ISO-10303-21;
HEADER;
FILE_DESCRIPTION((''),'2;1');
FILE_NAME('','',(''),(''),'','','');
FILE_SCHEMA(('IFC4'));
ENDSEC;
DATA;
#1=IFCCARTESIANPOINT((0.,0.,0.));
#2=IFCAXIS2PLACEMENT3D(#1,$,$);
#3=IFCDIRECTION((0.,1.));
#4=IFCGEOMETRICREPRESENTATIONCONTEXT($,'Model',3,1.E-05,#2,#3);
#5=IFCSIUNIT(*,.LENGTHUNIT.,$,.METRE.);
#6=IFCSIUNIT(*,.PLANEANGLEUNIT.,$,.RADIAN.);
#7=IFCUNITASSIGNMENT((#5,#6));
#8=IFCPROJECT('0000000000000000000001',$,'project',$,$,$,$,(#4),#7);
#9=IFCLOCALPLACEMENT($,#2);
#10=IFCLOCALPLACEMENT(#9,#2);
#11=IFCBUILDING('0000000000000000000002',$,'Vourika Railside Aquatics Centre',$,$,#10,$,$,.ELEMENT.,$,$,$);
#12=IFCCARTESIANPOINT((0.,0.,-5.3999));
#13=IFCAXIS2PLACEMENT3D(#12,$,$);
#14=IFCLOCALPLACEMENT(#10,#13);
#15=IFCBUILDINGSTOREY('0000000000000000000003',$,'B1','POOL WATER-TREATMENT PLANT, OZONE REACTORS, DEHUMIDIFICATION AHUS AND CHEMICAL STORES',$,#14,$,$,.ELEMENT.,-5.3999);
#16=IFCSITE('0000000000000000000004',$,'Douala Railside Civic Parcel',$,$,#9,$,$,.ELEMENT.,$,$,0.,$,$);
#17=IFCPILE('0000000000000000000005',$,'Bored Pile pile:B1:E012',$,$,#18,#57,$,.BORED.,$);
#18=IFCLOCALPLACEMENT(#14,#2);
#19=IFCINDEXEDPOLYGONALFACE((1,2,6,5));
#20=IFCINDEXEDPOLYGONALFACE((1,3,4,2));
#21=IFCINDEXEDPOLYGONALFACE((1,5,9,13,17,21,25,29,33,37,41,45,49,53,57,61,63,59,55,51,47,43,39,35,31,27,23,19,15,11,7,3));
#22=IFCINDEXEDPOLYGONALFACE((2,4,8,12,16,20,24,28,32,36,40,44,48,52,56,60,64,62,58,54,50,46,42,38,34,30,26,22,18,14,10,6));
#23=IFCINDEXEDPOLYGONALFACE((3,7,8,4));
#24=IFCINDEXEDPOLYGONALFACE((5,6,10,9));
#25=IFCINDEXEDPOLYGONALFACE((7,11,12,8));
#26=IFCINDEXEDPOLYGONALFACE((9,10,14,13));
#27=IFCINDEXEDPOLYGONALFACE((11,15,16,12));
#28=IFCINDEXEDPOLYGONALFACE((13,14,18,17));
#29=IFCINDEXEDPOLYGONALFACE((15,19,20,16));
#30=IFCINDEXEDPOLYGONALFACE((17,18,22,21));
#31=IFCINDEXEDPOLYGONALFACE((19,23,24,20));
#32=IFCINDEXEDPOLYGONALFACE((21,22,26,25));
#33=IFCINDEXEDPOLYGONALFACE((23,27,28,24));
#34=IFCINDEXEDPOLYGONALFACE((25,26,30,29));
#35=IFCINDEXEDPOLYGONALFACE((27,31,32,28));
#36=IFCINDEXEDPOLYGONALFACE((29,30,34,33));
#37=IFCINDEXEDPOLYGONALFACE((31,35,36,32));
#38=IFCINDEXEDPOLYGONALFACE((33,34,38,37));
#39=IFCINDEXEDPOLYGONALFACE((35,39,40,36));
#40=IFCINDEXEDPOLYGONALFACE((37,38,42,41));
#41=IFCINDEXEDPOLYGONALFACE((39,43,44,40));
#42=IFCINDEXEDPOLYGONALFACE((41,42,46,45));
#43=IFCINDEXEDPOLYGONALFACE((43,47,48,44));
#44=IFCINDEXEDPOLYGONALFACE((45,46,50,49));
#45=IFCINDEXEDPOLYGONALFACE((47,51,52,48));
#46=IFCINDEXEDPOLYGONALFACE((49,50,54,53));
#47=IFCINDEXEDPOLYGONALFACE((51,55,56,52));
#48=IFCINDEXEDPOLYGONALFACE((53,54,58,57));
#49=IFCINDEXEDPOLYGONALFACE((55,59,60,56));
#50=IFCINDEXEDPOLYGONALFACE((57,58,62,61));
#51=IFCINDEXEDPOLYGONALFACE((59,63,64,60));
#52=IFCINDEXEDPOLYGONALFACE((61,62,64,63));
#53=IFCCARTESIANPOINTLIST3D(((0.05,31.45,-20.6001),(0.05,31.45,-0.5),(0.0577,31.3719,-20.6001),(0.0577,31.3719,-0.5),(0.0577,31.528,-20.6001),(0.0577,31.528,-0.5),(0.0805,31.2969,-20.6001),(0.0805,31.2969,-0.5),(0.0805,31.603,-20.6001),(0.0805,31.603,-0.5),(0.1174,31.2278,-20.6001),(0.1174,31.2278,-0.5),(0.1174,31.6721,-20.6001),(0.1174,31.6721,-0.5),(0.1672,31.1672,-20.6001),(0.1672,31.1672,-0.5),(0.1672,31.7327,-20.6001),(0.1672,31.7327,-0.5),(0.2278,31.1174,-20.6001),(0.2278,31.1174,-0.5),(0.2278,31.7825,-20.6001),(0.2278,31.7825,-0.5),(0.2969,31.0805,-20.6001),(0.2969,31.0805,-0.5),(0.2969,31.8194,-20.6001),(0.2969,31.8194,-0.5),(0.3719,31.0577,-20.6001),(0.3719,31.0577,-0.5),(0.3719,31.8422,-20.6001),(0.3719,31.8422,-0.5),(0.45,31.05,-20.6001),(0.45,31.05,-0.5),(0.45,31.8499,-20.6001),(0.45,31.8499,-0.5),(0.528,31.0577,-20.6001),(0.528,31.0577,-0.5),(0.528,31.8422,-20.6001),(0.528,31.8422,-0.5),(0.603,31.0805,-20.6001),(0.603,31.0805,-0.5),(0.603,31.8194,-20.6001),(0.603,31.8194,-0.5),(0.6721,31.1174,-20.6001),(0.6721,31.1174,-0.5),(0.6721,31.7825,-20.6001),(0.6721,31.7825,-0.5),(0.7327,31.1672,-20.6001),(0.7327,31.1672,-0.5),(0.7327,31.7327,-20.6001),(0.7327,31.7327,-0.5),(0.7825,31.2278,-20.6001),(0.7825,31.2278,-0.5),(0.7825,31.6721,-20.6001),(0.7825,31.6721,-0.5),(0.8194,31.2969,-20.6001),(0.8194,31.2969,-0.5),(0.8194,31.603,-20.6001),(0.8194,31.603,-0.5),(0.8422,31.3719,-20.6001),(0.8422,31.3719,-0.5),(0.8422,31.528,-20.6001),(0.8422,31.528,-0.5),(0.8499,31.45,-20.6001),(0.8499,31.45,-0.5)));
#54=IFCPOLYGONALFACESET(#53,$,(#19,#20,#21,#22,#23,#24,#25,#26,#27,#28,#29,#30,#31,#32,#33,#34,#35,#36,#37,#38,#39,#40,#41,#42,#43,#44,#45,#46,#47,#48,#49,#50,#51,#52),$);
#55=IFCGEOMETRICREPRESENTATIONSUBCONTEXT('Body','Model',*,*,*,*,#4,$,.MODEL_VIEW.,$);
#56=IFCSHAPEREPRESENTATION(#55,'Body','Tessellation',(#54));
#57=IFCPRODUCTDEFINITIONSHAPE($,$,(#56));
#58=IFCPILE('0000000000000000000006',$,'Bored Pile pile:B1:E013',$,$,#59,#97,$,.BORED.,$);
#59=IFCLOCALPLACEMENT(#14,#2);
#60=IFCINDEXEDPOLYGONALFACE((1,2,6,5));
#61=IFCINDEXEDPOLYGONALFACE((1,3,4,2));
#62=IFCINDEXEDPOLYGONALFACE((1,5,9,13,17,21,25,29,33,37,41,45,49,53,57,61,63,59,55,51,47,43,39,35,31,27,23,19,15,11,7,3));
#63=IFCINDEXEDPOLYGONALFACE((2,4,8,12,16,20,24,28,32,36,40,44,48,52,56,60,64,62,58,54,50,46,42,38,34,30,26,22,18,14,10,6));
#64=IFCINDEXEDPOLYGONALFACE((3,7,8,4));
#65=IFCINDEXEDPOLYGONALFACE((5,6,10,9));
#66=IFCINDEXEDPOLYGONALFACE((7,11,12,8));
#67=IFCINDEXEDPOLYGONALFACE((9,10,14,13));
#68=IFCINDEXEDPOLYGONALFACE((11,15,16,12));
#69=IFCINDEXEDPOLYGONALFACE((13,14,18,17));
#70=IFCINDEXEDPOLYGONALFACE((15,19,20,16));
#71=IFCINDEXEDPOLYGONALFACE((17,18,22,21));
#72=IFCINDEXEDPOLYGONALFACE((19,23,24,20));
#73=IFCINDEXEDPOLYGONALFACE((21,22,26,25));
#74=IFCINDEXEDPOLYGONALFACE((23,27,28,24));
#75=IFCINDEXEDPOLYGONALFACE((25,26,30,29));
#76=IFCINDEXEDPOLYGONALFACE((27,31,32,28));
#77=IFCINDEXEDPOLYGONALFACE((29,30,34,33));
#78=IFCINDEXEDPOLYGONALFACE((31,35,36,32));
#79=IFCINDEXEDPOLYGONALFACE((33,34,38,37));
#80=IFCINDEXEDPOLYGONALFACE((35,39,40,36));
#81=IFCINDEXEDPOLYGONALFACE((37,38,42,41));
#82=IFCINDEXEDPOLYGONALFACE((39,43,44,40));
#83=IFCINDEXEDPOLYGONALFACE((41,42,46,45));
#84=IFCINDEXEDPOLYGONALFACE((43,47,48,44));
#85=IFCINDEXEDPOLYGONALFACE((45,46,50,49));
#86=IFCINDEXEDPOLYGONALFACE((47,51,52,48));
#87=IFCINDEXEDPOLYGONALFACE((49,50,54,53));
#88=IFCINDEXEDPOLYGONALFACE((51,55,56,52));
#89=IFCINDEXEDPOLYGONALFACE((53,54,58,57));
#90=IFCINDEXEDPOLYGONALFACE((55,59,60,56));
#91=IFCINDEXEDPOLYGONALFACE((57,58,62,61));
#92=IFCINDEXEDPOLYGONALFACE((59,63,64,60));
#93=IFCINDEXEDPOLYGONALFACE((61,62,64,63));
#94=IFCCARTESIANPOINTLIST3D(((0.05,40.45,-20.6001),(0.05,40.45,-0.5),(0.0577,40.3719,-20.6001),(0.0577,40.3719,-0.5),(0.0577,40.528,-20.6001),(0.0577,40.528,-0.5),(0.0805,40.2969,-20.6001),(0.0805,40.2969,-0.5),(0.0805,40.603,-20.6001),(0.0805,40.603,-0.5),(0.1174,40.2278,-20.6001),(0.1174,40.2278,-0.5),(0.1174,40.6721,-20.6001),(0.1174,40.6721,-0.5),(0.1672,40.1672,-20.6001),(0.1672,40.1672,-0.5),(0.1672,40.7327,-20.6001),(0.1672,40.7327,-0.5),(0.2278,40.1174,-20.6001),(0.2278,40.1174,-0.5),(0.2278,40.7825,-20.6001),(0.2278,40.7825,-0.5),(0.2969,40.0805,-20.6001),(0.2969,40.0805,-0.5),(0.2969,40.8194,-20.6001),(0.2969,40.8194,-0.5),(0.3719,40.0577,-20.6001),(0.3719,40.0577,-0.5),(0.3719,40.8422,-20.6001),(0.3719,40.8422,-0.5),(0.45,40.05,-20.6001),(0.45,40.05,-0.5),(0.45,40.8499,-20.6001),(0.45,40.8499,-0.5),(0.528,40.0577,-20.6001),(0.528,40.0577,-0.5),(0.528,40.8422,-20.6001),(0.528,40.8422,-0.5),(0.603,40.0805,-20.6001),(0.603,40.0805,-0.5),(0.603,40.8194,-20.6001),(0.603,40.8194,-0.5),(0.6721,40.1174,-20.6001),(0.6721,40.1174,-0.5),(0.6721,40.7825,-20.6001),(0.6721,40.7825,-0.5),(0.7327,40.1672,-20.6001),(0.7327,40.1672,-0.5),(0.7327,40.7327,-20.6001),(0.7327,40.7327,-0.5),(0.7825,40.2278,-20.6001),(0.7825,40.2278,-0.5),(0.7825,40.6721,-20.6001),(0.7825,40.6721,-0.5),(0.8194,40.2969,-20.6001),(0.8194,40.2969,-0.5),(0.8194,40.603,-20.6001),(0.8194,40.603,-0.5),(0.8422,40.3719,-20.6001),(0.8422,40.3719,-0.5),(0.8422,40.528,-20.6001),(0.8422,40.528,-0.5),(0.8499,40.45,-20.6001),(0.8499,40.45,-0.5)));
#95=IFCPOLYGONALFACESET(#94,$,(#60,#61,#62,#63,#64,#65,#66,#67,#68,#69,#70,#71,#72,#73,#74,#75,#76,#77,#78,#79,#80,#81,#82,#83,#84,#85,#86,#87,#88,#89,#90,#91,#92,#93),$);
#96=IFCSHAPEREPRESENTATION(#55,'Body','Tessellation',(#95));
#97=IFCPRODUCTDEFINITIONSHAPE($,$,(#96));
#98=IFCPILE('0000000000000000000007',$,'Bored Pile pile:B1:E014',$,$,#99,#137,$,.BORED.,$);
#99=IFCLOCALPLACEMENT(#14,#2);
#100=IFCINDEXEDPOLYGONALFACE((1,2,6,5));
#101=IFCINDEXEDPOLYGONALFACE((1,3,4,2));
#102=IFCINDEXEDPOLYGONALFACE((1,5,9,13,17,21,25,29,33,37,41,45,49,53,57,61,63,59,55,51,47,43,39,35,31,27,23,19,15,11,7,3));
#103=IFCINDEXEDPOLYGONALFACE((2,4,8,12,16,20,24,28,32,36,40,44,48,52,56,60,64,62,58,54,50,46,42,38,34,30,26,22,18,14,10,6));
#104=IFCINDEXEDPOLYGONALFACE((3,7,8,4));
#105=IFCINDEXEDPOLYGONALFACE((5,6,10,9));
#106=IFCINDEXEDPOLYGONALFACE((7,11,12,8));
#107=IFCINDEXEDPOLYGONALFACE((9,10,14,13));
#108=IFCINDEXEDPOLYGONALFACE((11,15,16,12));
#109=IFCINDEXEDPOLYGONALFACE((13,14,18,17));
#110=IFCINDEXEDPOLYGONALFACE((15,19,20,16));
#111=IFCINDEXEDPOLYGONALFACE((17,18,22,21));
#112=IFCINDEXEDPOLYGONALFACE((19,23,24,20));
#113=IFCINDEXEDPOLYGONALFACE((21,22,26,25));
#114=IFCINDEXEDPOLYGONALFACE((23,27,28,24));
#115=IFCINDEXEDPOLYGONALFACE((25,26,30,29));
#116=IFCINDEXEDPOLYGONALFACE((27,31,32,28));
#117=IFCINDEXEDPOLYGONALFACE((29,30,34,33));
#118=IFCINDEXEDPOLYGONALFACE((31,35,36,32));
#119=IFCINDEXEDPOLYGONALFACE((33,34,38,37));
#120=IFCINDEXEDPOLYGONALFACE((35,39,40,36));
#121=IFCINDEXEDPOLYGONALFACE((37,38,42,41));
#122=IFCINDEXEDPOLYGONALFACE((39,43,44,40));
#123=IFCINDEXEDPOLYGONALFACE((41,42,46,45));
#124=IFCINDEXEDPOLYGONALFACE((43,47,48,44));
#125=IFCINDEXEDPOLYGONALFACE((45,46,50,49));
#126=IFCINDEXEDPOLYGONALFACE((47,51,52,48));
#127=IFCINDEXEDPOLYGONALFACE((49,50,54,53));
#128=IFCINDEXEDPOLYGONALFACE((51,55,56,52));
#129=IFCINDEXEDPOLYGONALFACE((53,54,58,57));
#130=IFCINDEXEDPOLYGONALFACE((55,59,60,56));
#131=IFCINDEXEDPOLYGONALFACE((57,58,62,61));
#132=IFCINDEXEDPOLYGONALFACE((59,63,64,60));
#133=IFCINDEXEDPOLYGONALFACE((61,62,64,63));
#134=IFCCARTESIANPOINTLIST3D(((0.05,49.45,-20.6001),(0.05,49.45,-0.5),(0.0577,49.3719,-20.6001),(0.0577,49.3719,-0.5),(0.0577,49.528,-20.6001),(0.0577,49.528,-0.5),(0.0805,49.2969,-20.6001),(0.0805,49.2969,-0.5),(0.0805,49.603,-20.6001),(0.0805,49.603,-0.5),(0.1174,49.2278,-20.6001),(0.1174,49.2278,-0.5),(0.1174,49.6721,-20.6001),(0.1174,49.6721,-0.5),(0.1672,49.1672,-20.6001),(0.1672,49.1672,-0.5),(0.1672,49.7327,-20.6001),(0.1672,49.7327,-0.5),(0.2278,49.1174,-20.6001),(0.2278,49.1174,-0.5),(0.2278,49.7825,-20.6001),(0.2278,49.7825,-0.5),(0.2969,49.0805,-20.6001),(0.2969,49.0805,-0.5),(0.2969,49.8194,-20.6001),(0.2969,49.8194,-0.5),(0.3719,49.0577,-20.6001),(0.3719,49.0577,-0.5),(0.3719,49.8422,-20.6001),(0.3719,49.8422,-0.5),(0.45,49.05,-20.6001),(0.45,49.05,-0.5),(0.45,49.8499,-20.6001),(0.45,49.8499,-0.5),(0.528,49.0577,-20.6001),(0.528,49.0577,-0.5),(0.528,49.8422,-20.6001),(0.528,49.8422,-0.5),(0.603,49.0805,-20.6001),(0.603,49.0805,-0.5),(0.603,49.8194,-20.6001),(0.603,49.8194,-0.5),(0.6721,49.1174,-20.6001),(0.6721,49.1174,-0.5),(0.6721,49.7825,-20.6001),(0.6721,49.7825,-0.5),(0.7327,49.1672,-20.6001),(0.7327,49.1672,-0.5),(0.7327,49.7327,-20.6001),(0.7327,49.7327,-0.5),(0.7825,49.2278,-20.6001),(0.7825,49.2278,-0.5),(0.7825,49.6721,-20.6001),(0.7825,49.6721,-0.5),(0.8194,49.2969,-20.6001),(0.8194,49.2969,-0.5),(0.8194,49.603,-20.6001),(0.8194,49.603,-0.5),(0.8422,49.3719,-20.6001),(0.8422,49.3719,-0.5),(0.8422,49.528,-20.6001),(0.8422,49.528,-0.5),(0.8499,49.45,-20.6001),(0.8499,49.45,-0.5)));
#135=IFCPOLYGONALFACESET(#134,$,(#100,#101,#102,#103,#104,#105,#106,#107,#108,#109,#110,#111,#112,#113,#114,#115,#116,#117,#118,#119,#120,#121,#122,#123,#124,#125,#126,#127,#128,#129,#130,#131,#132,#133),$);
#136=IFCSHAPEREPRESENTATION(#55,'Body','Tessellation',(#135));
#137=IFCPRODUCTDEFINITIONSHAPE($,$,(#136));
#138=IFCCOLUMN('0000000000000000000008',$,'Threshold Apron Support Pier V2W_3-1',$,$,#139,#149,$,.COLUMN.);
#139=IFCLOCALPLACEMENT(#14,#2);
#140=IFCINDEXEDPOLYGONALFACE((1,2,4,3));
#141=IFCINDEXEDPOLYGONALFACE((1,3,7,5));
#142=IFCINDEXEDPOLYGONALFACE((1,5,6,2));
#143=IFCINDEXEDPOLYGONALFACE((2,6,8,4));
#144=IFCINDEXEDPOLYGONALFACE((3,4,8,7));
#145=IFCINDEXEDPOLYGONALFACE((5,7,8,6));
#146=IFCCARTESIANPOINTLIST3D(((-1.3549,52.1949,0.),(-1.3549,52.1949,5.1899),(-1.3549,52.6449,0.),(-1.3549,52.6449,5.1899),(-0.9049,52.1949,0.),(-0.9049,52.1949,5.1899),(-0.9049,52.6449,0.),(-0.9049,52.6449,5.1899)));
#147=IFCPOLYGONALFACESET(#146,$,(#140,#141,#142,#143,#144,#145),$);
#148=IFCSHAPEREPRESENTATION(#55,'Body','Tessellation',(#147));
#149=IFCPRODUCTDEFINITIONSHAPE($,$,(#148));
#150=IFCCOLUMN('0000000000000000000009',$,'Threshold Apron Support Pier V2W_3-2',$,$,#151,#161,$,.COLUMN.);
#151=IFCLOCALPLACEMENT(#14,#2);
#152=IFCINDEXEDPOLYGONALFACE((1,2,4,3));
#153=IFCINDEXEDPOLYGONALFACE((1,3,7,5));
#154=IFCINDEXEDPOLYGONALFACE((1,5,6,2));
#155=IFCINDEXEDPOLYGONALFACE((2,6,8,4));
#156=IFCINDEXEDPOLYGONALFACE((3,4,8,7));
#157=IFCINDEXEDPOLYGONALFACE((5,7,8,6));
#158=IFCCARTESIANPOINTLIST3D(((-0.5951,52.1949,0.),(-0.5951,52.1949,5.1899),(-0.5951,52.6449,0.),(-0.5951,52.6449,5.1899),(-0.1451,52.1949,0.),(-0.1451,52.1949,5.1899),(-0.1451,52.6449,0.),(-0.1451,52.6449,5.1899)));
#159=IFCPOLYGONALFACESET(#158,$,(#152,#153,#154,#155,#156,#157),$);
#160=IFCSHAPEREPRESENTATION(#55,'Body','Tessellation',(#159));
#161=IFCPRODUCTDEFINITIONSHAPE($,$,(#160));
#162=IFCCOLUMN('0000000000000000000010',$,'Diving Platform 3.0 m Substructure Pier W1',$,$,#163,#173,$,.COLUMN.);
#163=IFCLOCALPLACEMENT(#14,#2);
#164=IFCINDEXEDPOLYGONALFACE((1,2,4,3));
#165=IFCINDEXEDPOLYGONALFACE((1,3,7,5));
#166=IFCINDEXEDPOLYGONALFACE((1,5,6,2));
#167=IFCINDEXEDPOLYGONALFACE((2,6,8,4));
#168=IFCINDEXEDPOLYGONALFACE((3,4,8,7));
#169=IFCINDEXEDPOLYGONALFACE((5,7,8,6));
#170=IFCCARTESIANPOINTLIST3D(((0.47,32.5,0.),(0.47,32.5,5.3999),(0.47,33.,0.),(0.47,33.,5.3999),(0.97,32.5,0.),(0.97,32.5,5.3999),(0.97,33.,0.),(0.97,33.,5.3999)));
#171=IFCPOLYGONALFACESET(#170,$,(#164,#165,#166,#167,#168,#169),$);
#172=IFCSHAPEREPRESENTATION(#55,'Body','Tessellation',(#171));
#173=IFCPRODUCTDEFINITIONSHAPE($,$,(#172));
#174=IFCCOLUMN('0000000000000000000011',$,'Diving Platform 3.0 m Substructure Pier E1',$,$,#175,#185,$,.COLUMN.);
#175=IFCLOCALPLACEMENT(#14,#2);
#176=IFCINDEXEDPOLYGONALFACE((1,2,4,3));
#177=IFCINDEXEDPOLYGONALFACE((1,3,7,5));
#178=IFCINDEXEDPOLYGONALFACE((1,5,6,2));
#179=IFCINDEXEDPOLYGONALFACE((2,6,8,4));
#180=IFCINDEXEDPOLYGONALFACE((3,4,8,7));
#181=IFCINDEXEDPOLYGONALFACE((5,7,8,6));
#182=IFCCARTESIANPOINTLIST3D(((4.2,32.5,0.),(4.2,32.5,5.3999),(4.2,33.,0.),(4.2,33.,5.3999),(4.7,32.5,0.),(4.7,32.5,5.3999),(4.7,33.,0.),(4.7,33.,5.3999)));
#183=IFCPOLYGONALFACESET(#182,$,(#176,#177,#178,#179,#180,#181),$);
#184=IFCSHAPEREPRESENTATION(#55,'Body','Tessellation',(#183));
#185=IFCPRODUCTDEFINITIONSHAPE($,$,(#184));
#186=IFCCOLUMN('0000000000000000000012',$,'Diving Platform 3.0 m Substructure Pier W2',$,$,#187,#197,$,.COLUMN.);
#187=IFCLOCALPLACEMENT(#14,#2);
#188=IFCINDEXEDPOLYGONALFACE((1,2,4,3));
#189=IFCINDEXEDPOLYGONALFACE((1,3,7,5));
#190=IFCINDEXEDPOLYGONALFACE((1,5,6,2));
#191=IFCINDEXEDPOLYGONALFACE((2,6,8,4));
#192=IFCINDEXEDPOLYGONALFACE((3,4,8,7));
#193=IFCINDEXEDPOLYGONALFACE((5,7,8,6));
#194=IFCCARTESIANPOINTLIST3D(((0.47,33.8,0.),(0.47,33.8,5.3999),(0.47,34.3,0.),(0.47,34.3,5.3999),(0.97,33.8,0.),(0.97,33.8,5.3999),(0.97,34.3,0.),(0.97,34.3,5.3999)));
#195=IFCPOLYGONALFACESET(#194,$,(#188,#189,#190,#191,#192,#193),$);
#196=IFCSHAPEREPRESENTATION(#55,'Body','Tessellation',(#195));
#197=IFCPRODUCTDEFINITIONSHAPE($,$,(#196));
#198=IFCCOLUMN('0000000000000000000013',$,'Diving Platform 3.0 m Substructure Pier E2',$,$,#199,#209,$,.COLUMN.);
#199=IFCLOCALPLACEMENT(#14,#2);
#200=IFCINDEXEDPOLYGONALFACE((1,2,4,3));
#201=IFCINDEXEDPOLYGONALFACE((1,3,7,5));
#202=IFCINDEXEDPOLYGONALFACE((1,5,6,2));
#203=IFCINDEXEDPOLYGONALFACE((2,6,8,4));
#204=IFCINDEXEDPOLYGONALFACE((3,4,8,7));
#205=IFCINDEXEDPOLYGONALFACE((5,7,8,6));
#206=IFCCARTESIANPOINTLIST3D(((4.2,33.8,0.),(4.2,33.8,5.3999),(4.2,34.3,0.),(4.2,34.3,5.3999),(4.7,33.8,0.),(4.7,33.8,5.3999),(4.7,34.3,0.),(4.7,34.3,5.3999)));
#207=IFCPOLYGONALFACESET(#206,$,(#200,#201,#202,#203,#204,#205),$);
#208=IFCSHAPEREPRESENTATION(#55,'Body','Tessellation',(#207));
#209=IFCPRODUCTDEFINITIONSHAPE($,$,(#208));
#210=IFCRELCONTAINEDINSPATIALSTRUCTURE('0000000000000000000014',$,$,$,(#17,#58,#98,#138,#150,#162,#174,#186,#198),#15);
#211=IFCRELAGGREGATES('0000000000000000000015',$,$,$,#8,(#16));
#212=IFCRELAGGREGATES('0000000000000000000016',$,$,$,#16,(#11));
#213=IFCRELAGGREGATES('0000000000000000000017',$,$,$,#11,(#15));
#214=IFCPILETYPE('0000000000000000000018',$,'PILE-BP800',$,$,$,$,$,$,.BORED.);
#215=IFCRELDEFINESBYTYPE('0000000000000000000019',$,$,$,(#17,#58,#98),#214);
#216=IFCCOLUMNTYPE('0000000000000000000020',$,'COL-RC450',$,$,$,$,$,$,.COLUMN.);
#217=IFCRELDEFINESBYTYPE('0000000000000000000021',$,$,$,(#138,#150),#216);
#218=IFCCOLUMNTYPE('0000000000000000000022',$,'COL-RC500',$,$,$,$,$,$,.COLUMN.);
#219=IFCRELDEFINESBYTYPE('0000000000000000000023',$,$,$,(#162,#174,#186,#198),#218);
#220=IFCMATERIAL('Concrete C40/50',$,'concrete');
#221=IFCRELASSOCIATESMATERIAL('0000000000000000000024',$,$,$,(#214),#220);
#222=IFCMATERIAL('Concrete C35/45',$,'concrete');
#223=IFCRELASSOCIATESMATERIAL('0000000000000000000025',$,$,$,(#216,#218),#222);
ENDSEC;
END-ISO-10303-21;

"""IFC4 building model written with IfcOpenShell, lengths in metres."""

from ifc_helpers import new_model, si_unit, direction, frame, origin, origin_2d, place, context, subcontext, project, spatial, rectangle, circle, extrude, material, material_profile, profile_set, type_object, element, save


model = new_model("IFC4")

# Units and contexts
model_context = context("Model", 3, precision=1e-05, world=origin(), true_north=direction((0.0, 1.0)))
body_context = subcontext(model_context, "Body", "Model", "MODEL_VIEW")
ifc_project = project(units=[si_unit("LENGTHUNIT", "METRE"), si_unit("PLANEANGLEUNIT", "RADIAN")], contexts=[model_context])

# Site, building, storey
site_placement = place(None, origin())
site = spatial("IfcSite", under=ifc_project, at=site_placement, Name="Douala Railside Civic Parcel", CompositionType="ELEMENT", RefElevation=0.0)
building_placement = place(site_placement, origin())
building = spatial("IfcBuilding", under=site, at=building_placement, Name="Vourika Railside Aquatics Centre", CompositionType="ELEMENT")
storey_placement = place(building_placement, frame((0.0, 0.0, -5.3999)))
storey = spatial("IfcBuildingStorey", under=building, at=storey_placement, Name="B1", Description="POOL WATER-TREATMENT PLANT, OZONE REACTORS, DEHUMIDIFICATION AHUS AND CHEMICAL STORES", CompositionType="ELEMENT", Elevation=-5.3999)

# Piles
ifc_material_1 = material(Name="Concrete C40/50", Category="concrete")
ifc_material_profile_1 = material_profile(ifc_material_1, circle(Radius=0.3999, at=origin_2d()), Name="BP 800")
ifc_profile_set_1 = profile_set([ifc_material_profile_1], Name="Concrete C40/50")
pile_type = type_object("IfcPileType", Name="PILE-BP800", PredefinedType="BORED", material=ifc_profile_set_1)
for number, where, z_axis, x_axis, name in (
    (1, (0.45, 31.45, -0.5), (0.0, 0.0, -1.0), (1.0, 0.0, 0.0), "Bored Pile pile:B1:E012"),
    (2, (0.45, 40.45, -0.5), (0.0, 0.0, -1.0), (1.0, 0.0, 0.0), "Bored Pile pile:B1:E013"),
    (3, (0.45, 49.45, -0.5), (0.0, 0.0, -1.0), (1.0, 0.0, 0.0), "Bored Pile pile:B1:E014"),
):
    element("IfcPile", number, at=place(storey_placement, frame(where, z_axis=z_axis, x_axis=x_axis)), inside=storey, type_object=pile_type, Name=name, PredefinedType="BORED", context=body_context, shape_type="SweptSolid", body=[
        extrude(circle(Radius=0.3999, at=origin_2d()), origin(), (0.0, 0.0, 1.0), 20.1001),
    ])

# Columns
ifc_material_2 = material(Name="Concrete C35/45", Category="concrete")
ifc_material_profile_2 = material_profile(ifc_material_2, rectangle(XDim=0.45, YDim=0.45, at=origin_2d()), Name="RC 450x450")
ifc_profile_set_2 = profile_set([ifc_material_profile_2], Name="Concrete C35/45")
column_type_1 = type_object("IfcColumnType", Name="COL-RC450", PredefinedType="COLUMN", material=ifc_profile_set_2)
for number, where, z_axis, x_axis, name in (
    (4, (-1.1299, 52.4199, 0.0), (0.0, 0.0, 1.0), (1.0, 0.0, 0.0), "Threshold Apron Support Pier V2W_3-1"),
    (5, (-0.3701, 52.4199, 0.0), (0.0, 0.0, 1.0), (1.0, 0.0, 0.0), "Threshold Apron Support Pier V2W_3-2"),
):
    element("IfcColumn", number, at=place(storey_placement, frame(where, z_axis=z_axis, x_axis=x_axis)), inside=storey, type_object=column_type_1, Name=name, PredefinedType="COLUMN", context=body_context, shape_type="SweptSolid", body=[
        extrude(rectangle(XDim=0.45, YDim=0.45, at=origin_2d()), origin(), (0.0, 0.0, 1.0), 5.1899),
    ])
ifc_material_profile_3 = material_profile(ifc_material_2, rectangle(XDim=0.5, YDim=0.5, at=origin_2d()), Name="RC 500x500")
ifc_profile_set_3 = profile_set([ifc_material_profile_3], Name="Concrete C35/45")
column_type_2 = type_object("IfcColumnType", Name="COL-RC500", PredefinedType="COLUMN", material=ifc_profile_set_3)
for number, where, z_axis, x_axis, name in (
    (6, (0.72, 32.75, 0.0), (0.0, 0.0, 1.0), (1.0, 0.0, 0.0), "Diving Platform 3.0 m Substructure Pier W1"),
    (7, (4.45, 32.75, 0.0), (0.0, 0.0, 1.0), (1.0, 0.0, 0.0), "Diving Platform 3.0 m Substructure Pier E1"),
    (8, (0.72, 34.05, 0.0), (0.0, 0.0, 1.0), (1.0, 0.0, 0.0), "Diving Platform 3.0 m Substructure Pier W2"),
    (9, (4.45, 34.05, 0.0), (0.0, 0.0, 1.0), (1.0, 0.0, 0.0), "Diving Platform 3.0 m Substructure Pier E2"),
):
    element("IfcColumn", number, at=place(storey_placement, frame(where, z_axis=z_axis, x_axis=x_axis)), inside=storey, type_object=column_type_2, Name=name, PredefinedType="COLUMN", context=body_context, shape_type="SweptSolid", body=[
        extrude(rectangle(XDim=0.5, YDim=0.5, at=origin_2d()), origin(), (0.0, 0.0, 1.0), 5.3999),
    ])

save(model, "model.ifc")
